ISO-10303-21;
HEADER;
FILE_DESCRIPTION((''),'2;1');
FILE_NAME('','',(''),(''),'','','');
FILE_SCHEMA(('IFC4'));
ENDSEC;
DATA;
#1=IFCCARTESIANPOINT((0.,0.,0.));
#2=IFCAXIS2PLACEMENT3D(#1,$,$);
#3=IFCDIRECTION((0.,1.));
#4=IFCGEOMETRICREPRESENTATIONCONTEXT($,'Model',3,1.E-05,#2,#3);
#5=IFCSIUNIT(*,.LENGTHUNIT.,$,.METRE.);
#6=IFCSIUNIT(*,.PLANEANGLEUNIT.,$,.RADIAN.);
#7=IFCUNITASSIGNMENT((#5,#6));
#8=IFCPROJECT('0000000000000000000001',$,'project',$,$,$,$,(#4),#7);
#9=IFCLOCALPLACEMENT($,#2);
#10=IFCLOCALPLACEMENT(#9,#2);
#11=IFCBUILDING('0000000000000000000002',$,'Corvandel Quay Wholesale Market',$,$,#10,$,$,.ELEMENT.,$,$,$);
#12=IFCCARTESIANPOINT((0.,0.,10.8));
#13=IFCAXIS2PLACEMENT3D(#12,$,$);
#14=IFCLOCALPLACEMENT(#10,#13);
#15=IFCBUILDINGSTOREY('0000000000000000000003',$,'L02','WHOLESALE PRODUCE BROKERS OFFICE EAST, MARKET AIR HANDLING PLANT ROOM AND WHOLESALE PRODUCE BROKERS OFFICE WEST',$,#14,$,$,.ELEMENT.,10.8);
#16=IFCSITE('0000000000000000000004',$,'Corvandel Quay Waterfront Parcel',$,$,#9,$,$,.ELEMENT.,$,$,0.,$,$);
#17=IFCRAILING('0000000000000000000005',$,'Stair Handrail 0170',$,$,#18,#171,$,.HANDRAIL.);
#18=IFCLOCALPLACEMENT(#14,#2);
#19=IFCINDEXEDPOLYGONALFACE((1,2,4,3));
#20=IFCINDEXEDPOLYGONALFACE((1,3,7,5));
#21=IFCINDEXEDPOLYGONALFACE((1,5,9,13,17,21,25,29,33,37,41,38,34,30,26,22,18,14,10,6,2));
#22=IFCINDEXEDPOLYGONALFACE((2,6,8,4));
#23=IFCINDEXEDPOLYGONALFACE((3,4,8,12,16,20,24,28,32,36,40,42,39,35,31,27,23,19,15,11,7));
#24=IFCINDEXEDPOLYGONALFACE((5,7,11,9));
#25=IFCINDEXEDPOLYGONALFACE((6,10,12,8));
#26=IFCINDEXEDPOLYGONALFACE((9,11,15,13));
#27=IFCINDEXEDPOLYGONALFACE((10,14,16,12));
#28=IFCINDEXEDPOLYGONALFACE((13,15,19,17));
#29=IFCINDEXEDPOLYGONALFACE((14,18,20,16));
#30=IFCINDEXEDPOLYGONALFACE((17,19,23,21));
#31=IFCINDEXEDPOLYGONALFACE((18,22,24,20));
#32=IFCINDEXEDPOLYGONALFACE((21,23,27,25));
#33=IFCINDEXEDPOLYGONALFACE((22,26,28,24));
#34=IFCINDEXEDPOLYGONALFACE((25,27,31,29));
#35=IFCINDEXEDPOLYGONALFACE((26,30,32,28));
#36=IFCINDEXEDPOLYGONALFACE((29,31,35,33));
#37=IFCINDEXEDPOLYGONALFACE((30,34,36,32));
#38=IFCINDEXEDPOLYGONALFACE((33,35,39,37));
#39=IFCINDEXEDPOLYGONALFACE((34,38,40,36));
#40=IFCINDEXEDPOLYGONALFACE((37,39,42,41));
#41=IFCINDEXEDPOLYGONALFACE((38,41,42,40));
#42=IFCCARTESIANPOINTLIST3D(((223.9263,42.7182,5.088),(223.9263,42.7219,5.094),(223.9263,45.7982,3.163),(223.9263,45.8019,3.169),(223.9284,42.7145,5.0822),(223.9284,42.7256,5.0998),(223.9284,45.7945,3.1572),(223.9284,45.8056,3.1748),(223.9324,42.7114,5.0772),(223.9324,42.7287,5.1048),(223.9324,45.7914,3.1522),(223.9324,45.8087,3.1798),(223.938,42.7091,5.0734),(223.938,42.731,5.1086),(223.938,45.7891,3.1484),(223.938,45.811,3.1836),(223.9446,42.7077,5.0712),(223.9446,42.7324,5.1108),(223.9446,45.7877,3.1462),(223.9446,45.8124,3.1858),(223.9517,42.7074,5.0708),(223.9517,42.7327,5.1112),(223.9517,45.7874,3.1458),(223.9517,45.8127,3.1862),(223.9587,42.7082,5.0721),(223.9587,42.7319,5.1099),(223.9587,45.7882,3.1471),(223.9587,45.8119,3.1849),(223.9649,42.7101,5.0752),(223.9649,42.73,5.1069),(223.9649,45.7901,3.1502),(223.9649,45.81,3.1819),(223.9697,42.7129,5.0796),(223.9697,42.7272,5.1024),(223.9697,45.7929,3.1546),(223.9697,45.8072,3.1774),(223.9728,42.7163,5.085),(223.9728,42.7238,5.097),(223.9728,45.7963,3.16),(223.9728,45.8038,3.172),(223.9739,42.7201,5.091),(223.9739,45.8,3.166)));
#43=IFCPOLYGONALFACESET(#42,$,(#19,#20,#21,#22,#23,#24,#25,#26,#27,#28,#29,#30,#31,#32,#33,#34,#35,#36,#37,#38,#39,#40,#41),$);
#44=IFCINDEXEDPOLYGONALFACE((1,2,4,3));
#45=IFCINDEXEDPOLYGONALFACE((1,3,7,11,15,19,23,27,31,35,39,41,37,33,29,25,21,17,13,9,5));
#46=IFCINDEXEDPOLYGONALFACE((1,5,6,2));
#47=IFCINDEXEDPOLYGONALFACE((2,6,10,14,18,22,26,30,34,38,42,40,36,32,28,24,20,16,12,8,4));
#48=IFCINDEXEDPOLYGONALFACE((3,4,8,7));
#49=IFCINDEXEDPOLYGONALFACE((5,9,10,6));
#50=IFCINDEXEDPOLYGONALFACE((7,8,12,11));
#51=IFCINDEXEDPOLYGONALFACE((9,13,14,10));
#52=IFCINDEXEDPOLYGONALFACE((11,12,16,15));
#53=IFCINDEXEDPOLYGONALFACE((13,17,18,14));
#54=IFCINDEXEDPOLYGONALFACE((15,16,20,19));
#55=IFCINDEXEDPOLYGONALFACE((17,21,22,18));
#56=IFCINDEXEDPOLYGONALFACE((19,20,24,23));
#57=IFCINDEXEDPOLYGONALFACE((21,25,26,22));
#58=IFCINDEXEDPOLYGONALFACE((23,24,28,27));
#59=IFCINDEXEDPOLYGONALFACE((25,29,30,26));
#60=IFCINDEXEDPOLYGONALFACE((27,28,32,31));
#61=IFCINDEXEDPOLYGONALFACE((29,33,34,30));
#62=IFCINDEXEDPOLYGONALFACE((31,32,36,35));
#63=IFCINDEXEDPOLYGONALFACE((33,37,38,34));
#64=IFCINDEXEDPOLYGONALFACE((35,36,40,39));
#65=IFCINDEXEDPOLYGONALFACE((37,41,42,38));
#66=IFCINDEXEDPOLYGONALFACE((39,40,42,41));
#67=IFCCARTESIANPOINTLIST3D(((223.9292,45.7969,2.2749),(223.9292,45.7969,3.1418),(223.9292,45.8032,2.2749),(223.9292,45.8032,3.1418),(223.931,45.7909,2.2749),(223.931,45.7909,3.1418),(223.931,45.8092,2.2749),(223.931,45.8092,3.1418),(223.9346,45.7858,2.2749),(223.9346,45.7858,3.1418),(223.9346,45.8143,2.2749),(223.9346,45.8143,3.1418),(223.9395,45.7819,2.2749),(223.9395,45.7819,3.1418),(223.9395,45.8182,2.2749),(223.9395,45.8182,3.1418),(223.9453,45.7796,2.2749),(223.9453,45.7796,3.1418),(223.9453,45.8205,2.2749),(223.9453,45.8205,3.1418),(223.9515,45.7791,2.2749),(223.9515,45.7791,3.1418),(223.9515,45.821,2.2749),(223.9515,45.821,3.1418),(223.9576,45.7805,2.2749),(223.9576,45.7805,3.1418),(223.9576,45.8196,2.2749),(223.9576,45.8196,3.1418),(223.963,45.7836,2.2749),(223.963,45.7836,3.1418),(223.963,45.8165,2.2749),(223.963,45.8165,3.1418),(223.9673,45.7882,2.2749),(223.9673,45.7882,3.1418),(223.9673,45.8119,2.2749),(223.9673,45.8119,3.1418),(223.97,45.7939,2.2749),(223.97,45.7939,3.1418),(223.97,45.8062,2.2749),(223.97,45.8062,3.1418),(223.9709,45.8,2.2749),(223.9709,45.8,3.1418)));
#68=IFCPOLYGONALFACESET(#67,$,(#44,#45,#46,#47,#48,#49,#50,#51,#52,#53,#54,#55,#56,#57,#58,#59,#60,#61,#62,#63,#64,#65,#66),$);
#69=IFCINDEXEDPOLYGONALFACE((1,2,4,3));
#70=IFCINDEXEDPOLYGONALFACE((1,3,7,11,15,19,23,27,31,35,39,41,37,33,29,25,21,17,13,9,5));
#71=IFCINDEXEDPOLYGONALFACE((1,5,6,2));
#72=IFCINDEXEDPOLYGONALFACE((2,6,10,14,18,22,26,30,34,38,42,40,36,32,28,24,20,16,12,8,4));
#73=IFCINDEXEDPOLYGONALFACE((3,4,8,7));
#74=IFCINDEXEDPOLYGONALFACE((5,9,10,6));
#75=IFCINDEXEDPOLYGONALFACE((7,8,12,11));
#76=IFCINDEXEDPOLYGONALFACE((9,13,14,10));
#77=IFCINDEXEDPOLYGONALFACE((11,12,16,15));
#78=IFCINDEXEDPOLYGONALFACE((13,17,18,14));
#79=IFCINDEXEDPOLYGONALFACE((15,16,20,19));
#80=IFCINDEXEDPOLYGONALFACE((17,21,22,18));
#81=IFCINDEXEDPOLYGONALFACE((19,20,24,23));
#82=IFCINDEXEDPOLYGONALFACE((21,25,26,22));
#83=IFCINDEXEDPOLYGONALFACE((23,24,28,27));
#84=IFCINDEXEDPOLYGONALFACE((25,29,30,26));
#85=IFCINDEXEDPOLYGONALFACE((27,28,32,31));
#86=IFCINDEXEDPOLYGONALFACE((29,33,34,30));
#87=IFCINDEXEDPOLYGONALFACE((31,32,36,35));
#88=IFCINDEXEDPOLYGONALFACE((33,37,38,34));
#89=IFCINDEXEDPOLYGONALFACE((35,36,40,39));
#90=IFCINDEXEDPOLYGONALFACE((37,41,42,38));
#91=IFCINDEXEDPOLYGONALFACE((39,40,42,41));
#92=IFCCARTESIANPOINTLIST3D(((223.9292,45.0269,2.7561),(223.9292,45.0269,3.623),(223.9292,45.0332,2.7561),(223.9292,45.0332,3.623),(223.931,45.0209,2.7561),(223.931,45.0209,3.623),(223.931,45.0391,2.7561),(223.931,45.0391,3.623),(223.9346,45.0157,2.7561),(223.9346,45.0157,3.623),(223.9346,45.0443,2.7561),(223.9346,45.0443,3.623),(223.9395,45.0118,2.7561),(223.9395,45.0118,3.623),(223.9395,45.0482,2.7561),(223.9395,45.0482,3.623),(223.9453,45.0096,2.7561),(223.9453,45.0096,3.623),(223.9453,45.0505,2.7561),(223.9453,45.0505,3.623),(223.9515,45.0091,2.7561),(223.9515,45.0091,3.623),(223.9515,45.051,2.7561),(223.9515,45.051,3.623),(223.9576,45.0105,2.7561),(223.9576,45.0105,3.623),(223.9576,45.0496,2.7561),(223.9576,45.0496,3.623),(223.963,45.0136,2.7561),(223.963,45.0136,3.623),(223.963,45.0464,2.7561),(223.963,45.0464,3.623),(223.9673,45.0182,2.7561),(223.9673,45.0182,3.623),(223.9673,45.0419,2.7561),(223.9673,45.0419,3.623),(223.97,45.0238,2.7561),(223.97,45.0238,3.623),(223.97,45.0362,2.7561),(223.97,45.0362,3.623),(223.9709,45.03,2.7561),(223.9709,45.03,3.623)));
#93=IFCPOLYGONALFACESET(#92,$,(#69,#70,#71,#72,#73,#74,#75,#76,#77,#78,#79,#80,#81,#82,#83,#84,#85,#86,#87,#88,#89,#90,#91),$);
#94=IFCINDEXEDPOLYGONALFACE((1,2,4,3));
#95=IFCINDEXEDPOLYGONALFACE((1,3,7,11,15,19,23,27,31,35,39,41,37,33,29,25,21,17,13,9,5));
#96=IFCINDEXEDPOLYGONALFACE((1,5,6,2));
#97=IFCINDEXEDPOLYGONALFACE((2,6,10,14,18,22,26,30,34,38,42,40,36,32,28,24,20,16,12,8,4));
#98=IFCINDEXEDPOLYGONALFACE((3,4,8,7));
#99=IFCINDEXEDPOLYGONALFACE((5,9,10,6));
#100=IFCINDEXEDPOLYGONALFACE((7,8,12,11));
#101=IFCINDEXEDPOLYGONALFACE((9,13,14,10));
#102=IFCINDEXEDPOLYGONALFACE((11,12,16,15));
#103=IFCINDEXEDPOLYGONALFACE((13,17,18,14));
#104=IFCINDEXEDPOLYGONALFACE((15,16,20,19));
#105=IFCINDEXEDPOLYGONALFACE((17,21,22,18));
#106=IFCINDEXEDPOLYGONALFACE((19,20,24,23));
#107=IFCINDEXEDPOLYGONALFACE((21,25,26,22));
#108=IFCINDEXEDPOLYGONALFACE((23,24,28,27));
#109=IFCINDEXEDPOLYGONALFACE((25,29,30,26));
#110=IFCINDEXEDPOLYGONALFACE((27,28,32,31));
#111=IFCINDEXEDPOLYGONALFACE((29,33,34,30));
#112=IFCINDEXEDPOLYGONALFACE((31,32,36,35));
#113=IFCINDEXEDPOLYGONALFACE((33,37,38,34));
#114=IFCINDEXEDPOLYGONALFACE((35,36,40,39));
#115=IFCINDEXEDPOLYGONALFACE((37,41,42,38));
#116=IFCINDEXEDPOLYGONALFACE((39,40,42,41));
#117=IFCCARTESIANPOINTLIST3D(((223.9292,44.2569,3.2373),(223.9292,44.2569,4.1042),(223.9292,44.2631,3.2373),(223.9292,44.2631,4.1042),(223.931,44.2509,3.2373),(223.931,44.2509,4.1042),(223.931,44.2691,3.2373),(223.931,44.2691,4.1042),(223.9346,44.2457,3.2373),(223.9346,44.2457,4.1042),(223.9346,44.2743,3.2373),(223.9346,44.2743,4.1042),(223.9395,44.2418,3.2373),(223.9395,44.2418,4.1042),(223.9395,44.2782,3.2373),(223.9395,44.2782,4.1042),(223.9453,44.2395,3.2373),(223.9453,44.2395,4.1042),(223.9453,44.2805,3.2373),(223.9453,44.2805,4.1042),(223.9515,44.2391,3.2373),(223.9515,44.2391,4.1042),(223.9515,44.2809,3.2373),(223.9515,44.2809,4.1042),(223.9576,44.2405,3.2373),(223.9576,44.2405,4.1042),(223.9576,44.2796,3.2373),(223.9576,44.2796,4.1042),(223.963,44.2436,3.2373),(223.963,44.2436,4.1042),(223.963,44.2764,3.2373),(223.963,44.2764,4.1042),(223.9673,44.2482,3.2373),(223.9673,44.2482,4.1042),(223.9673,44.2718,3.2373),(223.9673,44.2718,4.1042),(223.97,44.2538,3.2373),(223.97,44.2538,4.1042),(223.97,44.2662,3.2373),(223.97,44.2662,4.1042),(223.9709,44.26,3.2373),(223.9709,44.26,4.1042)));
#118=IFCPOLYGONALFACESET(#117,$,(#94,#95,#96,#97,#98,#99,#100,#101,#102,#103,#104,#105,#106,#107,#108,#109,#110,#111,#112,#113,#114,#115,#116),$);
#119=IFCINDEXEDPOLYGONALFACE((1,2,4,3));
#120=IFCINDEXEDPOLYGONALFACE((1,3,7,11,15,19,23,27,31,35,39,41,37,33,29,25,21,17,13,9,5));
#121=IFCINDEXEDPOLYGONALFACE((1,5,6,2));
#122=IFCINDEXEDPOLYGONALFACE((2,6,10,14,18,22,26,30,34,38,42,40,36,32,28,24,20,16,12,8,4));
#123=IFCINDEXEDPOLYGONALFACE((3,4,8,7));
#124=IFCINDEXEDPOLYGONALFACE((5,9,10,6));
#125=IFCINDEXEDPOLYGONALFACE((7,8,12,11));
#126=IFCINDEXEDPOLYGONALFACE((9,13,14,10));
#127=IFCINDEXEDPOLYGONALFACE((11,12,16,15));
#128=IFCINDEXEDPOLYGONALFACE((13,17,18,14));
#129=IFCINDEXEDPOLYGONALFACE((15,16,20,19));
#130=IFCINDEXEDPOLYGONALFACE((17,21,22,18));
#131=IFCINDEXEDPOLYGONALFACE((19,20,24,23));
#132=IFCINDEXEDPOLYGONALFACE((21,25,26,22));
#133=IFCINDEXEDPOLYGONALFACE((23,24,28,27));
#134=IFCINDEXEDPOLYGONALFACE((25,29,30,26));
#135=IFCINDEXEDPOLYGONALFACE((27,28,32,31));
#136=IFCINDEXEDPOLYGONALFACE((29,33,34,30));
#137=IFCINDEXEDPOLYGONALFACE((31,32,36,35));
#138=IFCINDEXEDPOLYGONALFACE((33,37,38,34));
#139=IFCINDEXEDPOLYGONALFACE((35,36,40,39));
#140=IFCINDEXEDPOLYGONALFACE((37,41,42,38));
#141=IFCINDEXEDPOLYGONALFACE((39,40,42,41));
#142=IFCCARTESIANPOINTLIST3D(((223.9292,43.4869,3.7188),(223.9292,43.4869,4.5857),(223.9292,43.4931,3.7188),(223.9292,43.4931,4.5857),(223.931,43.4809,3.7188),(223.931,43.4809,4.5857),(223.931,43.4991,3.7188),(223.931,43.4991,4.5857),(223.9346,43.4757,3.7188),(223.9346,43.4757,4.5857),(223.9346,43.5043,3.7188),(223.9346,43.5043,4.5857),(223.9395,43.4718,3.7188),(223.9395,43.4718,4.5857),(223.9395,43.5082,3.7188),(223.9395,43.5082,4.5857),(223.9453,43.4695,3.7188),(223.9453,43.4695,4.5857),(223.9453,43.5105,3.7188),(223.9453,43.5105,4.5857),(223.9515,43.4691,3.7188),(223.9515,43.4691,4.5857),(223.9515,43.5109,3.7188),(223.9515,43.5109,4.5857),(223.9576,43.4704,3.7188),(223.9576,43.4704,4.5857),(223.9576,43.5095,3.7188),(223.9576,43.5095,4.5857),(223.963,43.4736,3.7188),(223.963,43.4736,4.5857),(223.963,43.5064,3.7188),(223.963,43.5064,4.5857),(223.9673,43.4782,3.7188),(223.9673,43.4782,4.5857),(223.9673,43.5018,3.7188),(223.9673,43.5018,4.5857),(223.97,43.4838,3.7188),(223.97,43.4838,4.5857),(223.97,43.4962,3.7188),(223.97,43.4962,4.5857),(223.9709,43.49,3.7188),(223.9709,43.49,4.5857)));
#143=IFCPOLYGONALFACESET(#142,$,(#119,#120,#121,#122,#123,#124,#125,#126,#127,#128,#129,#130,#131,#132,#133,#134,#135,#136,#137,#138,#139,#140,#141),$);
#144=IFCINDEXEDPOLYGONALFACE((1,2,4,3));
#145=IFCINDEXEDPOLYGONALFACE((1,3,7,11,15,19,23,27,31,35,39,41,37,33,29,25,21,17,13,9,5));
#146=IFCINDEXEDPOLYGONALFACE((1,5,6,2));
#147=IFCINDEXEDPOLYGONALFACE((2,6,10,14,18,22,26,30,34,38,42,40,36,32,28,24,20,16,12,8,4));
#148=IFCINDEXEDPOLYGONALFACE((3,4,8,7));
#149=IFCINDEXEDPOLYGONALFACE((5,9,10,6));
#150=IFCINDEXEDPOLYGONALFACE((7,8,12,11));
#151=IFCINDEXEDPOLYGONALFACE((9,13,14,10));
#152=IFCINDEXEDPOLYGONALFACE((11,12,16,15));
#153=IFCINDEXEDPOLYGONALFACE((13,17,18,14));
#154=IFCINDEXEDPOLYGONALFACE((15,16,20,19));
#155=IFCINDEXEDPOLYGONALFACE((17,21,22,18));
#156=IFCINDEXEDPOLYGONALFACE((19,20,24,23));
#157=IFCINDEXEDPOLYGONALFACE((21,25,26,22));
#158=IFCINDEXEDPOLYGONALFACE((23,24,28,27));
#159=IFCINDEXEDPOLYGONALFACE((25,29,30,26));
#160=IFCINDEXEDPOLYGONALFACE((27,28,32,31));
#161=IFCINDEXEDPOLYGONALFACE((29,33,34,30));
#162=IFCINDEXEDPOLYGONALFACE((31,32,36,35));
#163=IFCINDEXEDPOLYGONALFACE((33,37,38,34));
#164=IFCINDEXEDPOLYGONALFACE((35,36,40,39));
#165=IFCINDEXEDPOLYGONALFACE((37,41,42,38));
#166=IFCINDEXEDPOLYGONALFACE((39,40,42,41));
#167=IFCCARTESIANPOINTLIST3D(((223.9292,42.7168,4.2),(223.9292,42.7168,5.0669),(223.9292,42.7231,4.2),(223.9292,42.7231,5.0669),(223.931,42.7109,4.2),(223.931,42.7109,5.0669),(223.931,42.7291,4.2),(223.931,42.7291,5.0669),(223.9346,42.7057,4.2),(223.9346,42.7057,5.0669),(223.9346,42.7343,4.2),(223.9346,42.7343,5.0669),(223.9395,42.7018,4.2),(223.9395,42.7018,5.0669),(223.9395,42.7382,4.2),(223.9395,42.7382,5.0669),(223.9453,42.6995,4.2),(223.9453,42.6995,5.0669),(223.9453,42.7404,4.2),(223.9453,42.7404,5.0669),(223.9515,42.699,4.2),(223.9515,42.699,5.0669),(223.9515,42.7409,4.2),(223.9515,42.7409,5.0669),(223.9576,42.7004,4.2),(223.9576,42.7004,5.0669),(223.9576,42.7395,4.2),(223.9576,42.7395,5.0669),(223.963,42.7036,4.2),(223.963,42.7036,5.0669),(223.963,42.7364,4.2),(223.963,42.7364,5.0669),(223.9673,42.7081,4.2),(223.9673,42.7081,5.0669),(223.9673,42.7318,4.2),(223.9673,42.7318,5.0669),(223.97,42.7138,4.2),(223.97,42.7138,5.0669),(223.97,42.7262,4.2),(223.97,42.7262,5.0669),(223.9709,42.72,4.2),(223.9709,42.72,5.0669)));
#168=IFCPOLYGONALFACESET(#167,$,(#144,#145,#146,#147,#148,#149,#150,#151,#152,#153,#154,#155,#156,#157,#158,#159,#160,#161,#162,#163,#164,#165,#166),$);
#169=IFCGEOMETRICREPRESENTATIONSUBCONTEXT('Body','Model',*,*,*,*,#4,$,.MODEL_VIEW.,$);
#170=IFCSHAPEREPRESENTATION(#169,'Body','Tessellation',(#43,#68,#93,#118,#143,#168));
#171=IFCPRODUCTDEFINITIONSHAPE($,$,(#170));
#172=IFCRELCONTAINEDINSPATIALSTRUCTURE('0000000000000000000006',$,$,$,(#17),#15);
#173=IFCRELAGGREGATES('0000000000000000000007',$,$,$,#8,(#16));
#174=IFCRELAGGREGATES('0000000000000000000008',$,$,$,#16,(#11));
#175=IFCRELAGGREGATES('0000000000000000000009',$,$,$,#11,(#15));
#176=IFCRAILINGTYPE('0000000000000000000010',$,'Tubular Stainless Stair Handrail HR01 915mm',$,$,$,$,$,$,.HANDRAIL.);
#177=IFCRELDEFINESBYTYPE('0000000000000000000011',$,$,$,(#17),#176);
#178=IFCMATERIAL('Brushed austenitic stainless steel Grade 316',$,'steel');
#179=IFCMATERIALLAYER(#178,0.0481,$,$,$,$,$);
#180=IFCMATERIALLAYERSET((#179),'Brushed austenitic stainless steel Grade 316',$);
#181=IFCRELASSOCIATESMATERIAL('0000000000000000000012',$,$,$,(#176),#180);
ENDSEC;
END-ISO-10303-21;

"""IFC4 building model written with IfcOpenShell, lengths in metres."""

from ifc_helpers import new_model, si_unit, direction, frame, origin, origin_2d, place, context, subcontext, project, spatial, circle, extrude, material, layer, layer_set, type_object, element, save


model = new_model("IFC4")

# Units and contexts
model_context = context("Model", 3, precision=1e-05, world=origin(), true_north=direction((0.0, 1.0)))
body_context = subcontext(model_context, "Body", "Model", "MODEL_VIEW")
ifc_project = project(units=[si_unit("LENGTHUNIT", "METRE"), si_unit("PLANEANGLEUNIT", "RADIAN")], contexts=[model_context])

# Site, building, storey
site_placement = place(None, origin())
site = spatial("IfcSite", under=ifc_project, at=site_placement, Name="Corvandel Quay Waterfront Parcel", CompositionType="ELEMENT", RefElevation=0.0)
building_placement = place(site_placement, origin())
building = spatial("IfcBuilding", under=site, at=building_placement, Name="Corvandel Quay Wholesale Market", CompositionType="ELEMENT")
storey_placement = place(building_placement, frame((0.0, 0.0, 10.8)))
storey = spatial("IfcBuildingStorey", under=building, at=storey_placement, Name="L02", Description="WHOLESALE PRODUCE BROKERS OFFICE EAST, MARKET AIR HANDLING PLANT ROOM AND WHOLESALE PRODUCE BROKERS OFFICE WEST", CompositionType="ELEMENT", Elevation=10.8)

# Railing
ifc_material_1 = material(Name="Brushed austenitic stainless steel Grade 316", Category="steel")
ifc_layer_1 = layer(ifc_material_1, 0.0481)
ifc_layer_set_1 = layer_set([ifc_layer_1], Name="Brushed austenitic stainless steel Grade 316")
railing_type = type_object("IfcRailingType", Name="Tubular Stainless Stair Handrail HR01 915mm", PredefinedType="HANDRAIL", material=ifc_layer_set_1)
for number, where, name in (
    (1, (223.95, 45.8, 2.2749), "Stair Handrail 0170"),
):
    element("IfcRailing", number, at=place(storey_placement, frame(where)), inside=storey, type_object=railing_type, Name=name, PredefinedType="HANDRAIL", context=body_context, shape_type="SweptSolid", body=[
        extrude(circle(Radius=0.0239, at=origin_2d()), frame((0.0, 0.0, 0.8911), z_axis=(0.0, -0.847998, 0.529999), x_axis=(1.0, 0.0, 0.0)), (0.0, 0.0, 1.0), 3.6321),
        extrude(circle(Radius=0.021, at=origin_2d()), origin(), (0.0, 0.0, 1.0), 0.8669),
        extrude(circle(Radius=0.021, at=origin_2d()), frame((0.0, -0.77, 0.4812)), (0.0, 0.0, 1.0), 0.8669),
        extrude(circle(Radius=0.021, at=origin_2d()), frame((0.0, -1.54, 0.9624)), (0.0, 0.0, 1.0), 0.8669),
        extrude(circle(Radius=0.021, at=origin_2d()), frame((0.0, -2.3101, 1.4438)), (0.0, 0.0, 1.0), 0.8669),
        extrude(circle(Radius=0.021, at=origin_2d()), frame((0.0, -3.0801, 1.925)), (0.0, 0.0, 1.0), 0.8669),
    ])

save(model, "model.ifc")
